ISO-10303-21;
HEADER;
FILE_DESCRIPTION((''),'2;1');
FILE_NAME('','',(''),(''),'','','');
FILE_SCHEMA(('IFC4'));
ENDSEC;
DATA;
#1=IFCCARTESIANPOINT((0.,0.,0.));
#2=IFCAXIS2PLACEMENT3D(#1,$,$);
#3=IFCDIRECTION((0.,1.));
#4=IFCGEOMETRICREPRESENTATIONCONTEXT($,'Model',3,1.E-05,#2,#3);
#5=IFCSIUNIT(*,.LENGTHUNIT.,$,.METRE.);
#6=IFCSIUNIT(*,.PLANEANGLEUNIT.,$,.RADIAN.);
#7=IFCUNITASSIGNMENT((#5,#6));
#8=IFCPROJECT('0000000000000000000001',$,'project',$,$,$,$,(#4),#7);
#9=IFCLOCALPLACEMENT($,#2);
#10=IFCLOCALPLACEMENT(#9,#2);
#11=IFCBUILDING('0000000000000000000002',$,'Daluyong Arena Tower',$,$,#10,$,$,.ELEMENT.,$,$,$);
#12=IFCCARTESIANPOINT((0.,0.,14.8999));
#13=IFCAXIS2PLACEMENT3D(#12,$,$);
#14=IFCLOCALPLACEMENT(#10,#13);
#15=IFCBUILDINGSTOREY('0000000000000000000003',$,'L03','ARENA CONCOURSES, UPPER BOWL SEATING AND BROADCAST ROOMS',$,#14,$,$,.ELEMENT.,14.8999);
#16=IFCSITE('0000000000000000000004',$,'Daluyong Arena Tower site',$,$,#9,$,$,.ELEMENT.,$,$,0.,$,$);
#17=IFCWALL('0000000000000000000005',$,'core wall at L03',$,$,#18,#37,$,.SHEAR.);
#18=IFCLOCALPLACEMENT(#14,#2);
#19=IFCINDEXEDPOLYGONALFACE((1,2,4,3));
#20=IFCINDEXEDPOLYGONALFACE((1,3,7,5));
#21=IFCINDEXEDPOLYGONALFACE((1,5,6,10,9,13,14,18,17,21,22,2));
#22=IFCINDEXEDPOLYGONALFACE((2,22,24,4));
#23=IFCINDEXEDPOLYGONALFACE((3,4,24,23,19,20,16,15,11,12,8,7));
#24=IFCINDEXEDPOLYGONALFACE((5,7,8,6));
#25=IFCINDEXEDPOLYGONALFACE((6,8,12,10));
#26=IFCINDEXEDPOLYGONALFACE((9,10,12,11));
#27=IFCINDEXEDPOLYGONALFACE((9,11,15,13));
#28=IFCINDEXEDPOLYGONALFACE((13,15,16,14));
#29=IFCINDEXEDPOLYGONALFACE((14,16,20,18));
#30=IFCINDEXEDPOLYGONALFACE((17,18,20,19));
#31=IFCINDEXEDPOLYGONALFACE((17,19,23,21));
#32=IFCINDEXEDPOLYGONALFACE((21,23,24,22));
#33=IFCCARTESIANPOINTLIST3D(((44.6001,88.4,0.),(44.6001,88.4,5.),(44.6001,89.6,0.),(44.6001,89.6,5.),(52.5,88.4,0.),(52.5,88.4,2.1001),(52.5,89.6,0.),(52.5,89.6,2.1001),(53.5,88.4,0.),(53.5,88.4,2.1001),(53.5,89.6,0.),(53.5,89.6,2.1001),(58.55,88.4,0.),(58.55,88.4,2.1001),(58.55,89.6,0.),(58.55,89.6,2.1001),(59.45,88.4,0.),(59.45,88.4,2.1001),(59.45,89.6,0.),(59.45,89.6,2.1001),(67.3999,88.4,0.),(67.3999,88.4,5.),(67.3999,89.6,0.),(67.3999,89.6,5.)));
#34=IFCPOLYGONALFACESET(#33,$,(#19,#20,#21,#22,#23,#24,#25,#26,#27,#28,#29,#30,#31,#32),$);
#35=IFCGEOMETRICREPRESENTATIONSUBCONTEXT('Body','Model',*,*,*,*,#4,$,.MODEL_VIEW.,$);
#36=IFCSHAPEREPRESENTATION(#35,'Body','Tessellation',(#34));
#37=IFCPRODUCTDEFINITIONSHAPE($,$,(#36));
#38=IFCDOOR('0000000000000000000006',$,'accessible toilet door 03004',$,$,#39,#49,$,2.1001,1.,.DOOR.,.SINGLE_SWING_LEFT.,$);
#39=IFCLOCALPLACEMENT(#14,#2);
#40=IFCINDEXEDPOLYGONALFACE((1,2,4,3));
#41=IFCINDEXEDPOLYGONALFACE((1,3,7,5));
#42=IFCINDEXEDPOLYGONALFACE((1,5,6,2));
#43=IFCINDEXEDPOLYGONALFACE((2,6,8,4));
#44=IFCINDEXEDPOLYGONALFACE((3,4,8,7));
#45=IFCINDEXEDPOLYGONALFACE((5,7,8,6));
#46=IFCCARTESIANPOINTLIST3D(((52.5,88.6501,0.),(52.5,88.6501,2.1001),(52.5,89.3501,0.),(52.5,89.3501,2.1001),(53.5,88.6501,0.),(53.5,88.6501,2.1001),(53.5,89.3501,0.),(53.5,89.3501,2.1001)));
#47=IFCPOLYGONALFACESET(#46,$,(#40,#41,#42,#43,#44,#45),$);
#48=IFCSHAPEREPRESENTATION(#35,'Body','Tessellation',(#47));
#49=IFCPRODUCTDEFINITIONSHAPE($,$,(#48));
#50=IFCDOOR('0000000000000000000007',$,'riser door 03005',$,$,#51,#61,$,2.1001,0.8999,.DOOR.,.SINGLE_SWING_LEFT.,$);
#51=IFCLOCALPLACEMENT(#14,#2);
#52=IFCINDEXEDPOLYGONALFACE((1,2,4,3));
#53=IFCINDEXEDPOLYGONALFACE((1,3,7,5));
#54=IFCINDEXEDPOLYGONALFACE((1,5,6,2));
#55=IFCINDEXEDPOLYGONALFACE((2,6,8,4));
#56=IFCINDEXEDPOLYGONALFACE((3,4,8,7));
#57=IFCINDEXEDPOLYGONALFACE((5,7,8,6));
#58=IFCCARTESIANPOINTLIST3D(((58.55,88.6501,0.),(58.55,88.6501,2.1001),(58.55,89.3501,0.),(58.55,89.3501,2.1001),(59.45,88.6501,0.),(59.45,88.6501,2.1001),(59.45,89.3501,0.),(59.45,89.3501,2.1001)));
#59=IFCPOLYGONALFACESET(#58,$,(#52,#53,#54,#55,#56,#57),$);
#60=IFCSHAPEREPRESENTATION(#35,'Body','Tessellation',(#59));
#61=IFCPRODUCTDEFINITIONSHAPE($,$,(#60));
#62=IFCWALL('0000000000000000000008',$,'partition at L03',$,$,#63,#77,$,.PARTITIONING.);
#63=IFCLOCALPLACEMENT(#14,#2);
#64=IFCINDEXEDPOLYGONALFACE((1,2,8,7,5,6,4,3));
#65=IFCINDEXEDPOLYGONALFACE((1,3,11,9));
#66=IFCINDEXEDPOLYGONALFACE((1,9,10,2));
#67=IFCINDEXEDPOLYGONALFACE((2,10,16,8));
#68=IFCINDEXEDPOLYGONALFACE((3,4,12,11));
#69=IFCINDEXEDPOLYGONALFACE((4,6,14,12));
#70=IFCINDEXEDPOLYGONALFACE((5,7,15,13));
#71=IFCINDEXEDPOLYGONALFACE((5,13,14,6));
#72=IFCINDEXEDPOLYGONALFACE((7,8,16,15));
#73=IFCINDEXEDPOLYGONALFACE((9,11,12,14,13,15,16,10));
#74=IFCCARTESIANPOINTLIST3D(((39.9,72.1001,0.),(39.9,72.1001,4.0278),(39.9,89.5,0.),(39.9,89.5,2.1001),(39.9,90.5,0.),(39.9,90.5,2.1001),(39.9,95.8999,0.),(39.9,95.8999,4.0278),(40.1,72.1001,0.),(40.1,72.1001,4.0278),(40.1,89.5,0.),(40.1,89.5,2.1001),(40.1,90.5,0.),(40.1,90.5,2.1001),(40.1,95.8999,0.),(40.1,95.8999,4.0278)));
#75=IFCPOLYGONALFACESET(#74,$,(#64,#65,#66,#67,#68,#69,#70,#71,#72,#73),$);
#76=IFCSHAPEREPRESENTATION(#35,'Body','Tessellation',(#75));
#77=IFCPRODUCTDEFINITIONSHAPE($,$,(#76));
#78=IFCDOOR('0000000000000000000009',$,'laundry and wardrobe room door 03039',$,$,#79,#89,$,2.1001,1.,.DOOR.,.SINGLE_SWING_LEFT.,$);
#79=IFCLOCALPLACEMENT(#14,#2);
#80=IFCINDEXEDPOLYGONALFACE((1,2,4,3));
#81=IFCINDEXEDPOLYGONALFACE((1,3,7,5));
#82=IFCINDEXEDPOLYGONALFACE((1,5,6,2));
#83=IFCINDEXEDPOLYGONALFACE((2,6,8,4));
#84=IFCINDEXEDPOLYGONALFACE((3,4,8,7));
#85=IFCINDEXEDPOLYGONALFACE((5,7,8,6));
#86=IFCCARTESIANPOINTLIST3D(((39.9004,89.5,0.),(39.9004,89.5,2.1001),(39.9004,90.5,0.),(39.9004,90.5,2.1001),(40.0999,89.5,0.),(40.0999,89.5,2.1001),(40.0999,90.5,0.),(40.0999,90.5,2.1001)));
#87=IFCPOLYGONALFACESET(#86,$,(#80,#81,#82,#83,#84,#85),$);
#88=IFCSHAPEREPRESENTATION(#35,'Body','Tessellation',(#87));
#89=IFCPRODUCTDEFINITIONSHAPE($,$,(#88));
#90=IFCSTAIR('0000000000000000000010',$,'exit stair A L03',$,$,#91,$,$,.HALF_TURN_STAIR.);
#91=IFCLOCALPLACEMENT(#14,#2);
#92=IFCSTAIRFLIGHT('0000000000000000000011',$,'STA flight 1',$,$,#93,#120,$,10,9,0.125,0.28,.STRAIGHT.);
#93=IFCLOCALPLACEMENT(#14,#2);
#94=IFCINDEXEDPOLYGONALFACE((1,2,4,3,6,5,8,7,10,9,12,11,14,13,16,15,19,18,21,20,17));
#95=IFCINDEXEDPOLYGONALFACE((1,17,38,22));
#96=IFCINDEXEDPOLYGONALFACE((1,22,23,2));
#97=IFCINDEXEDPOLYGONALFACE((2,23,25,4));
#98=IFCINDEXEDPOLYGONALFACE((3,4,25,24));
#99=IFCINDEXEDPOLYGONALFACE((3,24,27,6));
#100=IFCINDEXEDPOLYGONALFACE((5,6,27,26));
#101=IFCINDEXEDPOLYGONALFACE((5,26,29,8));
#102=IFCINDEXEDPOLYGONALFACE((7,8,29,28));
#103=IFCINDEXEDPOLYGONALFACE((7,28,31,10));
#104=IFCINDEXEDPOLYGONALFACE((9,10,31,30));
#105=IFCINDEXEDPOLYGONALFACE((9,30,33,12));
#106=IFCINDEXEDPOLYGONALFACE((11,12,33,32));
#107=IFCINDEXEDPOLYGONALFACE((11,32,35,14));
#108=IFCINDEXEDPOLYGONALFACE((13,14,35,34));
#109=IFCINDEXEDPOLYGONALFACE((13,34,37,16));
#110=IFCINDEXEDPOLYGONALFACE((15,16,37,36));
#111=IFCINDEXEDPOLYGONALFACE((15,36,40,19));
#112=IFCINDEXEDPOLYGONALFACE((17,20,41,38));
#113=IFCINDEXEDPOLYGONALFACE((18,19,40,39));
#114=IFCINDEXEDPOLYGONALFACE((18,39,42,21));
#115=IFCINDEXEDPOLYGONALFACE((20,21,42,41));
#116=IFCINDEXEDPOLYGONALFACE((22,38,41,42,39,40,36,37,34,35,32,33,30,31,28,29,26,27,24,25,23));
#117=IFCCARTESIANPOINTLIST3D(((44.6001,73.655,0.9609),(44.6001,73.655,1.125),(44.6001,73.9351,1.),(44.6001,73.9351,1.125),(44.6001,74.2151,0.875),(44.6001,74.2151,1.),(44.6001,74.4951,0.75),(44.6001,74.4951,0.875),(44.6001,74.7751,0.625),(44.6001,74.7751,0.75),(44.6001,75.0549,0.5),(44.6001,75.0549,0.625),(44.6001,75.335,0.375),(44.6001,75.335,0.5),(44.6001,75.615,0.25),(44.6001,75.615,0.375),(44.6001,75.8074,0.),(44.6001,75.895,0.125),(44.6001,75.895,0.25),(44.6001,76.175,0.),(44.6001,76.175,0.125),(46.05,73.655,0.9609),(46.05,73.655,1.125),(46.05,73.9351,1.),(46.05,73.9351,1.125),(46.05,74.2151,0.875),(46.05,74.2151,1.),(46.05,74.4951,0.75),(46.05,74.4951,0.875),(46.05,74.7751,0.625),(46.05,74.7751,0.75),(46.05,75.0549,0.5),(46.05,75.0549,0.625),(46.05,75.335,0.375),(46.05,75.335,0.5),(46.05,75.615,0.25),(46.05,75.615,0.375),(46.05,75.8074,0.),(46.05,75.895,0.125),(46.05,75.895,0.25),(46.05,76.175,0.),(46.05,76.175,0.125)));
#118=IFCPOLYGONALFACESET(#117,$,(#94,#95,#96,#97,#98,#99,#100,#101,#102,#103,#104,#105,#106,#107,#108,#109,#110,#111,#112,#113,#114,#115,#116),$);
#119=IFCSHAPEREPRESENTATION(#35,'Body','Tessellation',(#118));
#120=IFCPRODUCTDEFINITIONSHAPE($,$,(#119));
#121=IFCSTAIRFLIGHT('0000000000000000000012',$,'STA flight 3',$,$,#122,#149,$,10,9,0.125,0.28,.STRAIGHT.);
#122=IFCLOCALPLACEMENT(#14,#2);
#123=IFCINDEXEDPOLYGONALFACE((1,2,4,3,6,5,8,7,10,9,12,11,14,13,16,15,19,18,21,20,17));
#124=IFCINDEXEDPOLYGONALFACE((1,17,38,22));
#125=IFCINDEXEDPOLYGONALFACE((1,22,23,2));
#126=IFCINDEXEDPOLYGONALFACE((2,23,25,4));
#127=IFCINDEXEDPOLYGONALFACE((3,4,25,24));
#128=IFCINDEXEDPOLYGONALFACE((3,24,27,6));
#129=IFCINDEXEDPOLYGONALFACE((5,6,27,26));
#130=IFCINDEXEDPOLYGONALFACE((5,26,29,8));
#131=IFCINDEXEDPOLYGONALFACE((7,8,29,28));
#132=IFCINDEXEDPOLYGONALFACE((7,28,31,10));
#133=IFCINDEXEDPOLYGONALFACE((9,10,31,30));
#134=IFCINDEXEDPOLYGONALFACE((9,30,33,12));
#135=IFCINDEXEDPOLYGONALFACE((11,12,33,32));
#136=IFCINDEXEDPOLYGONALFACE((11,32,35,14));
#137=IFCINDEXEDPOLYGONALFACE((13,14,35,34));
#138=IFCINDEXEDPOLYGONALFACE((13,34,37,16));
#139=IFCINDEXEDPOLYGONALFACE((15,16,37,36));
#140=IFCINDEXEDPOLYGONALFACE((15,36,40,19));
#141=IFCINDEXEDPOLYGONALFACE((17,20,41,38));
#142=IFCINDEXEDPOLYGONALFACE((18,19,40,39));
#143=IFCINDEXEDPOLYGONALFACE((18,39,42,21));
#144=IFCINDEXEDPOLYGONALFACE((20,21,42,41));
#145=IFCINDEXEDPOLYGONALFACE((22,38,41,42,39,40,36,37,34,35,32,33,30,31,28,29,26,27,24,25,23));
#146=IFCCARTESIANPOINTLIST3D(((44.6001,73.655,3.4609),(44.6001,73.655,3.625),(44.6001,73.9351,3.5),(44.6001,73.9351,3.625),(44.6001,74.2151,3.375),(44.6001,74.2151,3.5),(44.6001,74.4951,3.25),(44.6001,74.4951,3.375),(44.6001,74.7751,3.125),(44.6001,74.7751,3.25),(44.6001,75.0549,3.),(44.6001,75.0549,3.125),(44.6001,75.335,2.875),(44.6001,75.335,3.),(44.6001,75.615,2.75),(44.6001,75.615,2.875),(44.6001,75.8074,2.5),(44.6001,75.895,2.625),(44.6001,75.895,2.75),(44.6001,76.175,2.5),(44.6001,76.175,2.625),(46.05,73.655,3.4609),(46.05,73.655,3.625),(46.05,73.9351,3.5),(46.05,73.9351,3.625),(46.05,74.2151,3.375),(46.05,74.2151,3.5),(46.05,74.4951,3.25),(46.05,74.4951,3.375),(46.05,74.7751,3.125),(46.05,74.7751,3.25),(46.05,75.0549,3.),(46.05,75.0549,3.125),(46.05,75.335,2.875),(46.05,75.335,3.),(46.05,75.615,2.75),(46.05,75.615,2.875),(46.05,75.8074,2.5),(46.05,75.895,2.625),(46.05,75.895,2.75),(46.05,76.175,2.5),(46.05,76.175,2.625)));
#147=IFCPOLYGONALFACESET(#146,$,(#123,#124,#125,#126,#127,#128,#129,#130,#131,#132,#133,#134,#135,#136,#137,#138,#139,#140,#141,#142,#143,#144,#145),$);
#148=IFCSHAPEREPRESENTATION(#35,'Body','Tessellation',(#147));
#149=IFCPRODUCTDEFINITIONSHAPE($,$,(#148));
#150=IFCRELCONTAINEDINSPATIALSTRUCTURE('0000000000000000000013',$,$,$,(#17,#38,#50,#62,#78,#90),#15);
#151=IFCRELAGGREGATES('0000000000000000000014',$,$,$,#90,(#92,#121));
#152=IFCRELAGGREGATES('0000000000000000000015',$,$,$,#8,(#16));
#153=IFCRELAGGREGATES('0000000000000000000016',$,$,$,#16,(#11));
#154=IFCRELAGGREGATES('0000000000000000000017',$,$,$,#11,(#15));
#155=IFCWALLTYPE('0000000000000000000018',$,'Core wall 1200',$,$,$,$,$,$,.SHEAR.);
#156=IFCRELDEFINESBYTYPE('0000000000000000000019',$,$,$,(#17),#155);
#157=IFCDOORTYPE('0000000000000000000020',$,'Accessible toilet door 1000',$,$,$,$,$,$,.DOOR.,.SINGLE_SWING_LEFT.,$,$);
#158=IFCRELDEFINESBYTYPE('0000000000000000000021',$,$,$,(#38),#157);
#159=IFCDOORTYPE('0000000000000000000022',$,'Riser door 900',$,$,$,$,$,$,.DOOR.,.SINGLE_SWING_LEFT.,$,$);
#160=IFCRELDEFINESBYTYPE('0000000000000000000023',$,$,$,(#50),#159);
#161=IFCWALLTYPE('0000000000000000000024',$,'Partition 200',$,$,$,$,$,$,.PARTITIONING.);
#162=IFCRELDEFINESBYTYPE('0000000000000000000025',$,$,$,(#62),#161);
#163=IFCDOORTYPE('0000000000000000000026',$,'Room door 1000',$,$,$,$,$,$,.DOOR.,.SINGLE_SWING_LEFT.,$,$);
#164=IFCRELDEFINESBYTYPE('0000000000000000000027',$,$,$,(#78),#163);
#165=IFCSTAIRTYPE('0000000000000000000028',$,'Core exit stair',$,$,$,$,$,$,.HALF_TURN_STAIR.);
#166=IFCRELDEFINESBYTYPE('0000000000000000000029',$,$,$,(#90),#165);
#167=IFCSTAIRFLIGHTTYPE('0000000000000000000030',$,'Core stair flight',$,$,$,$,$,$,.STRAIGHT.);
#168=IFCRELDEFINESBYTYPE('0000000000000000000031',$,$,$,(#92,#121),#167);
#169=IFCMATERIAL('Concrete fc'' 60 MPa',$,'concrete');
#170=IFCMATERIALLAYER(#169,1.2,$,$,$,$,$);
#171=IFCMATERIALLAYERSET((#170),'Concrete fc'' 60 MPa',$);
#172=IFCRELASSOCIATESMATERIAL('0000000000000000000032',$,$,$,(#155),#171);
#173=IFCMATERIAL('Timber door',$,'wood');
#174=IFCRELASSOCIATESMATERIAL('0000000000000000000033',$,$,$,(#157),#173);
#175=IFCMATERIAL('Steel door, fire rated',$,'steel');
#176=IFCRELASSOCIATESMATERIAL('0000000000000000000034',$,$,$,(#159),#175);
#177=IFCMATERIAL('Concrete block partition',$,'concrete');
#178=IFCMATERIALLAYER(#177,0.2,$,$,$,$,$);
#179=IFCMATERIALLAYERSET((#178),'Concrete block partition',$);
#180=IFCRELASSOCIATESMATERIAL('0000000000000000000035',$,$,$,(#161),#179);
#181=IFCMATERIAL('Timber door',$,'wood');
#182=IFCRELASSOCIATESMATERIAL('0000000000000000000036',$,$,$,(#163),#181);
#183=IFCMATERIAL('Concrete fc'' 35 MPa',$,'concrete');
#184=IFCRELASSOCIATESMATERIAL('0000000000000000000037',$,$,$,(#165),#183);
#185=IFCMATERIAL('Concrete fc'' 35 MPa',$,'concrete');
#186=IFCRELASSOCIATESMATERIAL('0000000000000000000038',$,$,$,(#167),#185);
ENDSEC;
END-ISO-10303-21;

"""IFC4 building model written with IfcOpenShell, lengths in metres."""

from ifc_helpers import new_model, si_unit, direction, frame, frame_2d, origin, place, context, subcontext, project, spatial, polyline, rectangle, outline, extrude, material, layer, layer_set, type_object, element, fill, aggregate, save


model = new_model("IFC4")

# Units and contexts
model_context = context("Model", 3, precision=1e-05, world=origin(), true_north=direction((0.0, 1.0)))
body_context = subcontext(model_context, "Body", "Model", "MODEL_VIEW")
ifc_project = project(units=[si_unit("LENGTHUNIT", "METRE"), si_unit("PLANEANGLEUNIT", "RADIAN")], contexts=[model_context])

# Site, building, storey
site_placement = place(None, origin())
site = spatial("IfcSite", under=ifc_project, at=site_placement, Name="Daluyong Arena Tower site", CompositionType="ELEMENT", RefElevation=0.0)
building_placement = place(site_placement, origin())
building = spatial("IfcBuilding", under=site, at=building_placement, Name="Daluyong Arena Tower", CompositionType="ELEMENT")
storey_placement = place(building_placement, frame((0.0, 0.0, 14.8999)))
storey = spatial("IfcBuildingStorey", under=building, at=storey_placement, Name="L03", Description="ARENA CONCOURSES, UPPER BOWL SEATING AND BROADCAST ROOMS", CompositionType="ELEMENT", Elevation=14.8999)

# Wall, openings, doors
ifc_material_1 = material(Name="Concrete fc' 60 MPa", Category="concrete")
ifc_layer_1 = layer(ifc_material_1, 1.2)
ifc_layer_set_1 = layer_set([ifc_layer_1], Name="Concrete fc' 60 MPa")
wall_type_1 = type_object("IfcWallType", Name="Core wall 1200", PredefinedType="SHEAR", material=ifc_layer_set_1)
wall_1_placement = place(storey_placement, frame((44.6001, 89.0, 0.0), z_axis=(0.0, 0.0, 1.0), x_axis=(1.0, 0.0, 0.0)))
wall_1 = element("IfcWall", 1, at=wall_1_placement, inside=storey, type_object=wall_type_1, Name="core wall at L03", PredefinedType="SHEAR", context=body_context, shape_type="SweptSolid", body=[
    extrude(rectangle(XDim=22.7998, YDim=1.2, at=frame_2d((11.3999, 0.0))), origin(), (0.0, 0.0, 1.0), 5.0),
])
opening_1_placement = place(wall_1_placement, frame((7.8999, 0.0, 0.0)))
opening_1 = element("IfcOpeningElement", 2, at=opening_1_placement, cuts=wall_1, PredefinedType="OPENING", context=body_context, shape_type="SweptSolid", body=[
    extrude(rectangle(XDim=1.0, YDim=2.1001, at=frame_2d((0.5, 1.05))), frame((0.0, 0.6099, 0.0), z_axis=(0.0, -1.0, 0.0), x_axis=(1.0, 0.0, 0.0)), (0.0, 0.0, 1.0), 1.22),
])
opening_2_placement = place(wall_1_placement, frame((13.95, 0.0, 0.0)))
opening_2 = element("IfcOpeningElement", 3, at=opening_2_placement, cuts=wall_1, PredefinedType="OPENING", context=body_context, shape_type="SweptSolid", body=[
    extrude(rectangle(XDim=0.8999, YDim=2.1001, at=frame_2d((0.45, 1.05))), frame((0.0, 0.6099, 0.0), z_axis=(0.0, -1.0, 0.0), x_axis=(1.0, 0.0, 0.0)), (0.0, 0.0, 1.0), 1.22),
])
ifc_material_2 = material(Name="Timber door", Category="wood")
door_type_1 = type_object("IfcDoorType", Name="Accessible toilet door 1000", OperationType="SINGLE_SWING_LEFT", PredefinedType="DOOR", material=ifc_material_2)
door_1_placement = place(opening_1_placement, origin())
door_1 = element("IfcDoor", 4, at=door_1_placement, inside=storey, type_object=door_type_1, Name="accessible toilet door 03004", OperationType="SINGLE_SWING_LEFT", OverallHeight=2.1001, OverallWidth=1.0, PredefinedType="DOOR", context=body_context, shape_type="SweptSolid", body=[
    extrude(rectangle(XDim=1.0, YDim=2.1001, at=frame_2d((0.5, 1.05))), frame((0.0, 0.3501, 0.0), z_axis=(0.0, -1.0, 0.0), x_axis=(1.0, 0.0, 0.0)), (0.0, 0.0, 1.0), 0.7),
])
fill(opening_1, door_1)
ifc_material_3 = material(Name="Steel door, fire rated", Category="steel")
door_type_2 = type_object("IfcDoorType", Name="Riser door 900", OperationType="SINGLE_SWING_LEFT", PredefinedType="DOOR", material=ifc_material_3)
door_2_placement = place(opening_2_placement, origin())
door_2 = element("IfcDoor", 5, at=door_2_placement, inside=storey, type_object=door_type_2, Name="riser door 03005", OperationType="SINGLE_SWING_LEFT", OverallHeight=2.1001, OverallWidth=0.8999, PredefinedType="DOOR", context=body_context, shape_type="SweptSolid", body=[
    extrude(rectangle(XDim=0.8999, YDim=2.1001, at=frame_2d((0.45, 1.05))), frame((0.0, 0.3501, 0.0), z_axis=(0.0, -1.0, 0.0), x_axis=(1.0, 0.0, 0.0)), (0.0, 0.0, 1.0), 0.7),
])
fill(opening_2, door_2)

# Wall, opening, door
ifc_material_4 = material(Name="Concrete block partition", Category="concrete")
ifc_layer_2 = layer(ifc_material_4, 0.2)
ifc_layer_set_2 = layer_set([ifc_layer_2], Name="Concrete block partition")
wall_type_2 = type_object("IfcWallType", Name="Partition 200", PredefinedType="PARTITIONING", material=ifc_layer_set_2)
wall_2_placement = place(storey_placement, frame((40.0, 72.1001, 0.0), z_axis=(0.0, 0.0, 1.0), x_axis=(0.0, 1.0, 0.0)))
wall_2 = element("IfcWall", 6, at=wall_2_placement, inside=storey, type_object=wall_type_2, Name="partition at L03", PredefinedType="PARTITIONING", context=body_context, shape_type="SweptSolid", body=[
    extrude(rectangle(XDim=23.7998, YDim=0.2, at=frame_2d((11.8999, 0.0))), origin(), (0.0, 0.0, 1.0), 4.0278),
])
opening_3_placement = place(wall_2_placement, frame((17.3999, 0.0, 0.0)))
opening_3 = element("IfcOpeningElement", 7, at=opening_3_placement, cuts=wall_2, PredefinedType="OPENING", context=body_context, shape_type="SweptSolid", body=[
    extrude(rectangle(XDim=1.0, YDim=2.1001, at=frame_2d((0.5, 1.05))), frame((0.0, 0.1099, 0.0), z_axis=(0.0, -1.0, 0.0), x_axis=(1.0, 0.0, 0.0)), (0.0, 0.0, 1.0), 0.22),
])
ifc_material_5 = material(Name="Timber door", Category="wood")
door_type_3 = type_object("IfcDoorType", Name="Room door 1000", OperationType="SINGLE_SWING_LEFT", PredefinedType="DOOR", material=ifc_material_5)
door_3_placement = place(opening_3_placement, origin())
door_3 = element("IfcDoor", 8, at=door_3_placement, inside=storey, type_object=door_type_3, Name="laundry and wardrobe room door 03039", OperationType="SINGLE_SWING_LEFT", OverallHeight=2.1001, OverallWidth=1.0, PredefinedType="DOOR", context=body_context, shape_type="SweptSolid", body=[
    extrude(rectangle(XDim=1.0, YDim=2.1001, at=frame_2d((0.5, 1.05))), frame((0.0, 0.0996, 0.0), z_axis=(0.0, -1.0, 0.0), x_axis=(1.0, 0.0, 0.0)), (0.0, 0.0, 1.0), 0.1995),
])
fill(opening_3, door_3)

# Stair, stair flights
ifc_material_6 = material(Name="Concrete fc' 35 MPa", Category="concrete")
stair_type = type_object("IfcStairType", Name="Core exit stair", PredefinedType="HALF_TURN_STAIR", material=ifc_material_6)
stair_placement = place(storey_placement, origin())
stair = element("IfcStair", 9, at=stair_placement, inside=storey, type_object=stair_type, Name="exit stair A L03", PredefinedType="HALF_TURN_STAIR")
ifc_material_7 = material(Name="Concrete fc' 35 MPa", Category="concrete")
stair_flight_type = type_object("IfcStairFlightType", Name="Core stair flight", PredefinedType="STRAIGHT", material=ifc_material_7)
stair_flight_1_placement = place(storey_placement, frame((45.325, 76.175, 0.0), z_axis=(0.0, 0.0, 1.0), x_axis=(0.0, -1.0, 0.0)))
stair_flight_1 = element("IfcStairFlight", 10, at=stair_flight_1_placement, type_object=stair_flight_type, Name="STA flight 1", NumberOfRisers=10, NumberOfTreads=9, PredefinedType="STRAIGHT", RiserHeight=0.125, TreadLength=0.28, context=body_context, shape_type="SweptSolid", body=[
    extrude(outline(polyline([(0.0, 0.0), (0.0, 0.125), (0.28, 0.125), (0.28, 0.25), (0.5601, 0.25), (0.5601, 0.375), (0.8401, 0.375), (0.8401, 0.5), (1.1201, 0.5), (1.1201, 0.625), (1.3999, 0.625), (1.3999, 0.75), (1.6799, 0.75), (1.6799, 0.875), (1.96, 0.875), (1.96, 1.0), (2.24, 1.0), (2.24, 1.125), (2.52, 1.125), (2.52, 1.25), (2.52, 0.9609), (0.3677, 0.0), (0.0, 0.0)])), frame((0.0, 0.7251, 0.0), z_axis=(0.0, -1.0, 0.0), x_axis=(1.0, 0.0, 0.0)), (0.0, 0.0, 1.0), 1.45),
])
stair_flight_2_placement = place(storey_placement, frame((45.325, 76.175, 2.5), z_axis=(0.0, 0.0, 1.0), x_axis=(0.0, -1.0, 0.0)))
stair_flight_2 = element("IfcStairFlight", 11, at=stair_flight_2_placement, type_object=stair_flight_type, Name="STA flight 3", NumberOfRisers=10, NumberOfTreads=9, PredefinedType="STRAIGHT", RiserHeight=0.125, TreadLength=0.28, context=body_context, shape_type="SweptSolid", body=[
    extrude(outline(polyline([(0.0, 0.0), (0.0, 0.125), (0.28, 0.125), (0.28, 0.25), (0.5601, 0.25), (0.5601, 0.375), (0.8401, 0.375), (0.8401, 0.5), (1.1201, 0.5), (1.1201, 0.625), (1.3999, 0.625), (1.3999, 0.75), (1.6799, 0.75), (1.6799, 0.875), (1.96, 0.875), (1.96, 1.0), (2.24, 1.0), (2.24, 1.125), (2.52, 1.125), (2.52, 1.25), (2.52, 0.9609), (0.3677, 0.0), (0.0, 0.0)])), frame((0.0, 0.7251, 0.0), z_axis=(0.0, -1.0, 0.0), x_axis=(1.0, 0.0, 0.0)), (0.0, 0.0, 1.0), 1.45),
])
aggregate(stair, [stair_flight_1, stair_flight_2])

save(model, "model.ifc")
